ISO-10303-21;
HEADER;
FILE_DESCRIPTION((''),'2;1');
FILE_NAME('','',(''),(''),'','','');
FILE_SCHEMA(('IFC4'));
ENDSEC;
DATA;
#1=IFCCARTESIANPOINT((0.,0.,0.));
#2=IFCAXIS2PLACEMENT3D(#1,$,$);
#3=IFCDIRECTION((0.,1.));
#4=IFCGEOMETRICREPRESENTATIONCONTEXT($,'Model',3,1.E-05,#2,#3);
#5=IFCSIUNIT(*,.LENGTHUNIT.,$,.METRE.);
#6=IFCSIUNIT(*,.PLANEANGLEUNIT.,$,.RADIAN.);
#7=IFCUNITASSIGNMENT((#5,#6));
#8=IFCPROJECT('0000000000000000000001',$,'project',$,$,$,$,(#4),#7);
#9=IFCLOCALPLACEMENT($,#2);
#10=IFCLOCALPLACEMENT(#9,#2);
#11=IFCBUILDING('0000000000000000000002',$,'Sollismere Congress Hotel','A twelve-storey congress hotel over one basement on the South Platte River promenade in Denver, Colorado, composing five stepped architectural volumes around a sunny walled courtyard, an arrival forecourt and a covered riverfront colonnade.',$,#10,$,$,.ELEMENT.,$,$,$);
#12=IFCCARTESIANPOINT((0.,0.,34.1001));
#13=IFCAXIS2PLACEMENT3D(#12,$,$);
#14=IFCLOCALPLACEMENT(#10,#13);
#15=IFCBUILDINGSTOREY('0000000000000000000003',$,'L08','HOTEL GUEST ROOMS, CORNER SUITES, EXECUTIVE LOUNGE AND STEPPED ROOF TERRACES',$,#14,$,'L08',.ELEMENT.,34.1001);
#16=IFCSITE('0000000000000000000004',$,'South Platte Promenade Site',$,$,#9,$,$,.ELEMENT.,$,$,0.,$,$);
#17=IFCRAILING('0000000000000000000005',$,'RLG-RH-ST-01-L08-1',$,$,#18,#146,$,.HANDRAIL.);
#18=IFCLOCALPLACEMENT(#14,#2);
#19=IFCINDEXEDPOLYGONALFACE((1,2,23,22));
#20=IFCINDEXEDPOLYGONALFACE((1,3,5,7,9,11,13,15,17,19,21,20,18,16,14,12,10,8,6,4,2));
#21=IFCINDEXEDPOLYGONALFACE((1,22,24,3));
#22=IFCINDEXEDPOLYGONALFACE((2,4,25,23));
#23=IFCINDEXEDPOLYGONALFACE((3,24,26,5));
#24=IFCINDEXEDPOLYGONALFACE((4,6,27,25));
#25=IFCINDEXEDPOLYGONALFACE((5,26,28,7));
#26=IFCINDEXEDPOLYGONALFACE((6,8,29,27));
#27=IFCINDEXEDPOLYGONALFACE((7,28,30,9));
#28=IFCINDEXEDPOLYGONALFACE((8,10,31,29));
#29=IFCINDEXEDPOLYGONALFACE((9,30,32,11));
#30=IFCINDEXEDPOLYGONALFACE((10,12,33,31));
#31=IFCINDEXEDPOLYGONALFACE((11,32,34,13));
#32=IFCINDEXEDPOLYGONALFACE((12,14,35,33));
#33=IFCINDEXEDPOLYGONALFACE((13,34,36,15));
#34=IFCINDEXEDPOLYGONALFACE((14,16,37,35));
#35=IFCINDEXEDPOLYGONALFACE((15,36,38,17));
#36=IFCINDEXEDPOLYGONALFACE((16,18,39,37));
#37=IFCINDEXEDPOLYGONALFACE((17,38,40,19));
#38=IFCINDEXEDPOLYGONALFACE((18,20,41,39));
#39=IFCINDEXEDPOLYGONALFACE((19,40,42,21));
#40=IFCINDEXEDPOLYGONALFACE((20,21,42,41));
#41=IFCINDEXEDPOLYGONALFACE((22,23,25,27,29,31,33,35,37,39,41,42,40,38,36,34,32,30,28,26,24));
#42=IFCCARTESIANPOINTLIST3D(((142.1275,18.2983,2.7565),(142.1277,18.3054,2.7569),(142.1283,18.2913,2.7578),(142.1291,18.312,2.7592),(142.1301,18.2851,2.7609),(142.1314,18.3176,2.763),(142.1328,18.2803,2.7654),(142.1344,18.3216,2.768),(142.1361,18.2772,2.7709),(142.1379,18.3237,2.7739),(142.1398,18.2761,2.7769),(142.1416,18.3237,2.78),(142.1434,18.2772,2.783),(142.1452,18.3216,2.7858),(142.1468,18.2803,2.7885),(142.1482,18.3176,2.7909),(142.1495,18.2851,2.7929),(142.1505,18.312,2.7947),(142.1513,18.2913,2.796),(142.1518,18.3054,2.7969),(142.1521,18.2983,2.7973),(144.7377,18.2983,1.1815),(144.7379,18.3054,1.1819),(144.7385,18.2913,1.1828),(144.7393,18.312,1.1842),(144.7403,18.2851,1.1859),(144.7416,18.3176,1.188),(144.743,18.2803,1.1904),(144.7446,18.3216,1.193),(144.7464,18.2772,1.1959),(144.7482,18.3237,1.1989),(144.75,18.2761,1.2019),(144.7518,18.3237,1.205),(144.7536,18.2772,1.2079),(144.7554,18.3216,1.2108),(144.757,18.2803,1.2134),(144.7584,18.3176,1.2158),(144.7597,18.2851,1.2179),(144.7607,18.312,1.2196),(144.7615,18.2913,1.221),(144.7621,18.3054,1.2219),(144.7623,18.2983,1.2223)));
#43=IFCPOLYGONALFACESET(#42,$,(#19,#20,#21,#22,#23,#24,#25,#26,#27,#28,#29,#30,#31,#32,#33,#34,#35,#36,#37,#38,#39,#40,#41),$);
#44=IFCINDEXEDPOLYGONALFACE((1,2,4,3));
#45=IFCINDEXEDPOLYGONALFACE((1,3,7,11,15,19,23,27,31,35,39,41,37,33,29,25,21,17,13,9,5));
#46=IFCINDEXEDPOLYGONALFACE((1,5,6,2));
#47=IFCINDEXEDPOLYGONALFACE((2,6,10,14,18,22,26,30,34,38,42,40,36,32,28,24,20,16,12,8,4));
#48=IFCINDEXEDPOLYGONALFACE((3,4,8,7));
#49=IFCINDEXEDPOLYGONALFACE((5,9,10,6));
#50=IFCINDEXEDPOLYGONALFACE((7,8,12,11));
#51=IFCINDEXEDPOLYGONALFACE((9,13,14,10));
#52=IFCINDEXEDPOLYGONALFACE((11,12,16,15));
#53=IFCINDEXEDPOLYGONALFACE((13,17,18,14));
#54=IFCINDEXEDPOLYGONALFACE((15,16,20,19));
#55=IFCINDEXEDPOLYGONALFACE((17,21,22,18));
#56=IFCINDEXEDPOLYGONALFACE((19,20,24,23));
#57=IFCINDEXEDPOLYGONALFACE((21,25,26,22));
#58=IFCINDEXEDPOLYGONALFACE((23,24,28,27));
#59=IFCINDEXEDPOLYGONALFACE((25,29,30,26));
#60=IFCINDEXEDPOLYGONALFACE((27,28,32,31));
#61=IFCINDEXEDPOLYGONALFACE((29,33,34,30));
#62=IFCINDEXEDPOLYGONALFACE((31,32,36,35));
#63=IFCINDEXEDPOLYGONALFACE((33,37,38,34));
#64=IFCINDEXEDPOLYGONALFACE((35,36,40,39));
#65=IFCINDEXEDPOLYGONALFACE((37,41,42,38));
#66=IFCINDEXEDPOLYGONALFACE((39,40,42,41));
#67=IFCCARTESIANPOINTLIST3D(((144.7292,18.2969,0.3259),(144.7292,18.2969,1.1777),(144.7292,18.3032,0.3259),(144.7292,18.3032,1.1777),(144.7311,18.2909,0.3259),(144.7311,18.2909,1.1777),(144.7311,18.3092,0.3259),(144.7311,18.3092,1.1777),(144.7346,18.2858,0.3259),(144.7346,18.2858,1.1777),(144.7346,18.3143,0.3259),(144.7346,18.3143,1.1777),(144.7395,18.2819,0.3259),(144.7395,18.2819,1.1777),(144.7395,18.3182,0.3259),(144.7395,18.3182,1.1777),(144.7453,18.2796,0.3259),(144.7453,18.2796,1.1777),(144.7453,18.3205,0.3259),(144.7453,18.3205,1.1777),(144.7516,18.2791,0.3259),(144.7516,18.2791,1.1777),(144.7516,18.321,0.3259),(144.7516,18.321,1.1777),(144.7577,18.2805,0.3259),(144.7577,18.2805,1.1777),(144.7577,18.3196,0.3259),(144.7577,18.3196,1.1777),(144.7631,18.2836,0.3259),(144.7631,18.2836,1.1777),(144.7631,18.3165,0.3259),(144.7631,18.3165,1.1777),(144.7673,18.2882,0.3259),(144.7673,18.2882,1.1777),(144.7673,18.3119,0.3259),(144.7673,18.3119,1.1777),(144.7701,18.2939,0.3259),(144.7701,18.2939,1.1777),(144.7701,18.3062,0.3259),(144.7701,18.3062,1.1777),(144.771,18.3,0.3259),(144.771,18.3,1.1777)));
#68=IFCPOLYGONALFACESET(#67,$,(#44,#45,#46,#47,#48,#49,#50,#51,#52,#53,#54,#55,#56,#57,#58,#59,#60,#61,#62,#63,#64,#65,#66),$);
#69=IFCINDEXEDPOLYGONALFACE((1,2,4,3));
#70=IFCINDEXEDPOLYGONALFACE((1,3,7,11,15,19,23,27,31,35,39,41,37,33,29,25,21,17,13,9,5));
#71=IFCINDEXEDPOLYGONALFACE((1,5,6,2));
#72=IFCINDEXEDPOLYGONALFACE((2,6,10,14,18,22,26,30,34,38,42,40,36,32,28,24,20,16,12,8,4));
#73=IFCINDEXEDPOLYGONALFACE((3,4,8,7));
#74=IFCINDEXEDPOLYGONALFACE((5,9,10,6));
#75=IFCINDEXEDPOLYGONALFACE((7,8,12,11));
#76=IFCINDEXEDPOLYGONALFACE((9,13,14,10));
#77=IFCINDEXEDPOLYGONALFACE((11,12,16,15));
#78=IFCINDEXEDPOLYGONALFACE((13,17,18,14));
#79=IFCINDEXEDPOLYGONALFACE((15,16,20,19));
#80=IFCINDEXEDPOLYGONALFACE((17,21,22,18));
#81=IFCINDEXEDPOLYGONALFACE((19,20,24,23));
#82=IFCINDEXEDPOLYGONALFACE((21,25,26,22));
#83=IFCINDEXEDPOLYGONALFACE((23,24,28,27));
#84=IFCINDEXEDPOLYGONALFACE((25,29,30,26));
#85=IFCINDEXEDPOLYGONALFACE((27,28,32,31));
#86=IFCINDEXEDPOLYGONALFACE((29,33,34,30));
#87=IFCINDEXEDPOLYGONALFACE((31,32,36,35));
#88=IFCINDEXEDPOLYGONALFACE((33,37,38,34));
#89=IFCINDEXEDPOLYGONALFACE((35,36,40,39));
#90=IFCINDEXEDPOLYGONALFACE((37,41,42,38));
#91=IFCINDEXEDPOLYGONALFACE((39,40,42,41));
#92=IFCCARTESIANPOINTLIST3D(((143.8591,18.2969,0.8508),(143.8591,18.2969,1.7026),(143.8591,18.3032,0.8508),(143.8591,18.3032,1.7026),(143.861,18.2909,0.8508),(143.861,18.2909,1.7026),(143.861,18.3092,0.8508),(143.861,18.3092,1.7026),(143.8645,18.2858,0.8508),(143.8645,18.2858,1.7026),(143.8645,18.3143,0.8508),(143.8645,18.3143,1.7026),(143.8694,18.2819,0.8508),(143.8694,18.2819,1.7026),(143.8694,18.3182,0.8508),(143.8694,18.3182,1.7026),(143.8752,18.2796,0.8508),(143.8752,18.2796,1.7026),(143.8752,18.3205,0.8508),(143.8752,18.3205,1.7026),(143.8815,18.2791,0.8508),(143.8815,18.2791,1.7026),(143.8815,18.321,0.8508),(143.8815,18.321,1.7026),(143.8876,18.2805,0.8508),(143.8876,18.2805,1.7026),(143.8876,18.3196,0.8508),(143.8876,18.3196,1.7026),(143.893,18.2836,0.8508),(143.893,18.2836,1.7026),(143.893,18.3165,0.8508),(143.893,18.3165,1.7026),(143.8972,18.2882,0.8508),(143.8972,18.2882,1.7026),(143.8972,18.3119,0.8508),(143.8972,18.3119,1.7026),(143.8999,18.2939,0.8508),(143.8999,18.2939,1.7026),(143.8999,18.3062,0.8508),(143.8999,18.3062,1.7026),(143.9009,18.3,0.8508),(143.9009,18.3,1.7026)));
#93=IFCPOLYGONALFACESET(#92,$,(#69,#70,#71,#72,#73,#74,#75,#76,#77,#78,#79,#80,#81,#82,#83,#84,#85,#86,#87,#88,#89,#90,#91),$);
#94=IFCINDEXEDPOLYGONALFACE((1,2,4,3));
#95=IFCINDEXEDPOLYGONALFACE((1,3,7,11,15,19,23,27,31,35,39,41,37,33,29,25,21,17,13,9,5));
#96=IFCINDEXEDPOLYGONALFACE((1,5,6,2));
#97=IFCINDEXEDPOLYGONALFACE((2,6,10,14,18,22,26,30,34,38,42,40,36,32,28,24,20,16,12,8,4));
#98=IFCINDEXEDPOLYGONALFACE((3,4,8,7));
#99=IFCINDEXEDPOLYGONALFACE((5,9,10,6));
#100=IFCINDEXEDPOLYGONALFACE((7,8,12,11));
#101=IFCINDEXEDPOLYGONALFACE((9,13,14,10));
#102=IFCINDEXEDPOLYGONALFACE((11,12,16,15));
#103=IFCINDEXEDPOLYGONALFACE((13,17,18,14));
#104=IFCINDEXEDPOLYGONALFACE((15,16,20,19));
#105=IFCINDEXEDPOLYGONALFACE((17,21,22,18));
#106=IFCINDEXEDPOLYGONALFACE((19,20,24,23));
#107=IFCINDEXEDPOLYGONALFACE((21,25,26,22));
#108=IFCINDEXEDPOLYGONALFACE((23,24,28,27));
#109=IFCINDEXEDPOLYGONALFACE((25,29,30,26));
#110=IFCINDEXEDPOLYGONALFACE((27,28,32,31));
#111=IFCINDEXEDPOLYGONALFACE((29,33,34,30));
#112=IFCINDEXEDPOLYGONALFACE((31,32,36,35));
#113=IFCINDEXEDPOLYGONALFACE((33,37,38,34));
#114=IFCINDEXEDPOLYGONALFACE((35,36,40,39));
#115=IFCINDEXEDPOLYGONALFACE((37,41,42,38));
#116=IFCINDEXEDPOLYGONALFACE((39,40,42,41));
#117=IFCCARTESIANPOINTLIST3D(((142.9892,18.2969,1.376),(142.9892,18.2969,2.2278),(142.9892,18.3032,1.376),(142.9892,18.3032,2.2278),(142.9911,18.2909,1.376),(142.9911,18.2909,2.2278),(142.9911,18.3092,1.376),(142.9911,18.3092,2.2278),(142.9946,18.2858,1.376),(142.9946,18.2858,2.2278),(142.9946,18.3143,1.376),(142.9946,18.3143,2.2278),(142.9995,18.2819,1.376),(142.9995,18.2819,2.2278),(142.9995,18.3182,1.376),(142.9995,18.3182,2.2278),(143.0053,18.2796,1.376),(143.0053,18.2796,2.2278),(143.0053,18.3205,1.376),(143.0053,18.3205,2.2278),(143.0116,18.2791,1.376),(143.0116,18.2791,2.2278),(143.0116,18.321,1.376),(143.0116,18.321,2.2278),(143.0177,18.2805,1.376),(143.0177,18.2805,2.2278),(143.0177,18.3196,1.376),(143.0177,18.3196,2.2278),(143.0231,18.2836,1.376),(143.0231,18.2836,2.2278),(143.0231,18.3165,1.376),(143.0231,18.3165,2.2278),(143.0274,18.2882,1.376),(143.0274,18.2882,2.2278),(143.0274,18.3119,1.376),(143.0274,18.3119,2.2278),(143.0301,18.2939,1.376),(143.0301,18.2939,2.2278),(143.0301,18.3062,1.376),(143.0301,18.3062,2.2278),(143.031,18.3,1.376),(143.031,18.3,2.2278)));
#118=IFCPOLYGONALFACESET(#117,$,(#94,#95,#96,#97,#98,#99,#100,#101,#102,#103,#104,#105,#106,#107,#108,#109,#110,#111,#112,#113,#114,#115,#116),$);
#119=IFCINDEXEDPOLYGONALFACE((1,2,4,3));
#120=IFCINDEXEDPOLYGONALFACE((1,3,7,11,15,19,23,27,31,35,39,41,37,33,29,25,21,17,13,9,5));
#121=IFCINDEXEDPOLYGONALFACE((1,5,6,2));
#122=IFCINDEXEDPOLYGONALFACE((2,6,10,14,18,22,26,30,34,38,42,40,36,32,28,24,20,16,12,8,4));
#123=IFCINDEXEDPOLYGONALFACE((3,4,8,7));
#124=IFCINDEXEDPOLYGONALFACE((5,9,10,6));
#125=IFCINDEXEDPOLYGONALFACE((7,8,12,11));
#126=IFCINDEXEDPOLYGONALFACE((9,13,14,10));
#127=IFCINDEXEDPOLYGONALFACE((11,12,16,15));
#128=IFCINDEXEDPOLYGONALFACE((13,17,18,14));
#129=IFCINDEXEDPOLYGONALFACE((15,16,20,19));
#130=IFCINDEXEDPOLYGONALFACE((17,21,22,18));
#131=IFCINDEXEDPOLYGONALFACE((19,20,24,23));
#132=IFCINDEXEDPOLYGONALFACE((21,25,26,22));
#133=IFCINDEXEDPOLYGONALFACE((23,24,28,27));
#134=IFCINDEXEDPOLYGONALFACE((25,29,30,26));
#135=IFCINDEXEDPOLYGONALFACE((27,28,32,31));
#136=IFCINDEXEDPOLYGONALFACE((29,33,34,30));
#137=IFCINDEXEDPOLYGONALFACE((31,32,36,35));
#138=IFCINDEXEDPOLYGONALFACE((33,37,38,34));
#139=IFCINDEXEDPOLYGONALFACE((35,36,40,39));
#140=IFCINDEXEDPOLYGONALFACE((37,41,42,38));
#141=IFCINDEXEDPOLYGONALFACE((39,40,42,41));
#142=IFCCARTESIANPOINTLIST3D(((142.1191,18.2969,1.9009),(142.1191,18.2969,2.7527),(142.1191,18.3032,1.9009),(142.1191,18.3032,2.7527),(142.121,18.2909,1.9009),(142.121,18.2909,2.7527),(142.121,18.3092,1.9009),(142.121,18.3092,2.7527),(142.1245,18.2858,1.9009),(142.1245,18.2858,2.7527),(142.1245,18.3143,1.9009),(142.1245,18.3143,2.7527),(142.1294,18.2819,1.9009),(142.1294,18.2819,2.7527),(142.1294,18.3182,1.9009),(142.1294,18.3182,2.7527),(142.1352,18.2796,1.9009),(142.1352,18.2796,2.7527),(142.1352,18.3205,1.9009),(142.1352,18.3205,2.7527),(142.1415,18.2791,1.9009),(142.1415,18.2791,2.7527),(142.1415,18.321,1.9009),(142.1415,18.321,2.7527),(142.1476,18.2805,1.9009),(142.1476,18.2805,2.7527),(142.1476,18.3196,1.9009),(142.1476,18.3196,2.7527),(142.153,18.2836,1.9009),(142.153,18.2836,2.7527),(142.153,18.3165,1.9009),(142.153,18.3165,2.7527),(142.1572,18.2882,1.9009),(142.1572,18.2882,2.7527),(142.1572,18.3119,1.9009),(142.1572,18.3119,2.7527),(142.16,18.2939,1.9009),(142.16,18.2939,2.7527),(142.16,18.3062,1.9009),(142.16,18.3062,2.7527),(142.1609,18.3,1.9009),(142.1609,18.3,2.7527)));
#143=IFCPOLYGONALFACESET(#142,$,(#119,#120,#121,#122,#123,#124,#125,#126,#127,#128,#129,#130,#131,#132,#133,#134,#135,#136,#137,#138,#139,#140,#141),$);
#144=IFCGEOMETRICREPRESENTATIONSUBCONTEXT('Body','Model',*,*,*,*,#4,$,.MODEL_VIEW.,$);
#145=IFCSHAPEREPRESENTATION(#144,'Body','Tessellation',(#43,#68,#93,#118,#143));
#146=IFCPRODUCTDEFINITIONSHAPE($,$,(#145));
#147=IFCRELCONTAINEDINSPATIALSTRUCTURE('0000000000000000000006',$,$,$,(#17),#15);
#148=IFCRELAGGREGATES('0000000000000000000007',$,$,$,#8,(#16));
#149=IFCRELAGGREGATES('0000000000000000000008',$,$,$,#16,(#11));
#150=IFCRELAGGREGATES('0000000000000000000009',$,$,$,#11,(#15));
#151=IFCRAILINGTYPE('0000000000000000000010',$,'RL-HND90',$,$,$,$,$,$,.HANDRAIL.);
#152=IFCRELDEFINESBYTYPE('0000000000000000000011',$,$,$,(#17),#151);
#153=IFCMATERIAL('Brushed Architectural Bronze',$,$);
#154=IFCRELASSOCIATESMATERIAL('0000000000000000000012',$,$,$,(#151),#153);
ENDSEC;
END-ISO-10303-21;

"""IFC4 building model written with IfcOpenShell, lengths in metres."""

from ifc_helpers import new_model, si_unit, direction, frame, origin, origin_2d, place, context, subcontext, project, spatial, circle, extrude, material, type_object, element, save


model = new_model("IFC4")

# Units and contexts
model_context = context("Model", 3, precision=1e-05, world=origin(), true_north=direction((0.0, 1.0)))
body_context = subcontext(model_context, "Body", "Model", "MODEL_VIEW")
ifc_project = project(units=[si_unit("LENGTHUNIT", "METRE"), si_unit("PLANEANGLEUNIT", "RADIAN")], contexts=[model_context])

# Site, building, storey
site_placement = place(None, origin())
site = spatial("IfcSite", under=ifc_project, at=site_placement, Name="South Platte Promenade Site", CompositionType="ELEMENT", RefElevation=0.0)
building_placement = place(site_placement, origin())
building = spatial("IfcBuilding", under=site, at=building_placement, Name="Sollismere Congress Hotel", Description="A twelve-storey congress hotel over one basement on the South Platte River promenade in Denver, Colorado, composing five stepped architectural volumes around a sunny walled courtyard, an arrival forecourt and a covered riverfront colonnade.", CompositionType="ELEMENT")
storey_placement = place(building_placement, frame((0.0, 0.0, 34.1001)))
storey = spatial("IfcBuildingStorey", under=building, at=storey_placement, Name="L08", Description="HOTEL GUEST ROOMS, CORNER SUITES, EXECUTIVE LOUNGE AND STEPPED ROOF TERRACES", LongName="L08", CompositionType="ELEMENT", Elevation=34.1001)

# Railing
ifc_material_1 = material(Name="Brushed Architectural Bronze")
railing_type_1 = type_object("IfcRailingType", Name="RL-HND90", PredefinedType="HANDRAIL", material=ifc_material_1)
railing_1_placement = place(storey_placement, frame((144.75, 18.3, 0.3259)))
element("IfcRailing", 1, at=railing_1_placement, inside=storey, type_object=railing_type_1, Name="RLG-RH-ST-01-L08-1", PredefinedType="HANDRAIL", context=body_context, shape_type="SweptSolid", body=[
    extrude(circle(Radius=0.0239, at=origin_2d()), frame((0.0, 0.0, 0.876), z_axis=(-0.856204, 0.0, 0.516638), x_axis=(0.0, -1.0, 0.0)), (0.0, 0.0, 1.0), 3.0486),
    extrude(circle(Radius=0.021, at=origin_2d()), origin(), (0.0, 0.0, 1.0), 0.8518),
    extrude(circle(Radius=0.021, at=origin_2d()), frame((-0.8701, 0.0, 0.5249)), (0.0, 0.0, 1.0), 0.8518),
    extrude(circle(Radius=0.021, at=origin_2d()), frame((-1.74, 0.0, 1.05)), (0.0, 0.0, 1.0), 0.8518),
    extrude(circle(Radius=0.021, at=origin_2d()), frame((-2.6101, 0.0, 1.575)), (0.0, 0.0, 1.0), 0.8518),
])

save(model, "model.ifc")
